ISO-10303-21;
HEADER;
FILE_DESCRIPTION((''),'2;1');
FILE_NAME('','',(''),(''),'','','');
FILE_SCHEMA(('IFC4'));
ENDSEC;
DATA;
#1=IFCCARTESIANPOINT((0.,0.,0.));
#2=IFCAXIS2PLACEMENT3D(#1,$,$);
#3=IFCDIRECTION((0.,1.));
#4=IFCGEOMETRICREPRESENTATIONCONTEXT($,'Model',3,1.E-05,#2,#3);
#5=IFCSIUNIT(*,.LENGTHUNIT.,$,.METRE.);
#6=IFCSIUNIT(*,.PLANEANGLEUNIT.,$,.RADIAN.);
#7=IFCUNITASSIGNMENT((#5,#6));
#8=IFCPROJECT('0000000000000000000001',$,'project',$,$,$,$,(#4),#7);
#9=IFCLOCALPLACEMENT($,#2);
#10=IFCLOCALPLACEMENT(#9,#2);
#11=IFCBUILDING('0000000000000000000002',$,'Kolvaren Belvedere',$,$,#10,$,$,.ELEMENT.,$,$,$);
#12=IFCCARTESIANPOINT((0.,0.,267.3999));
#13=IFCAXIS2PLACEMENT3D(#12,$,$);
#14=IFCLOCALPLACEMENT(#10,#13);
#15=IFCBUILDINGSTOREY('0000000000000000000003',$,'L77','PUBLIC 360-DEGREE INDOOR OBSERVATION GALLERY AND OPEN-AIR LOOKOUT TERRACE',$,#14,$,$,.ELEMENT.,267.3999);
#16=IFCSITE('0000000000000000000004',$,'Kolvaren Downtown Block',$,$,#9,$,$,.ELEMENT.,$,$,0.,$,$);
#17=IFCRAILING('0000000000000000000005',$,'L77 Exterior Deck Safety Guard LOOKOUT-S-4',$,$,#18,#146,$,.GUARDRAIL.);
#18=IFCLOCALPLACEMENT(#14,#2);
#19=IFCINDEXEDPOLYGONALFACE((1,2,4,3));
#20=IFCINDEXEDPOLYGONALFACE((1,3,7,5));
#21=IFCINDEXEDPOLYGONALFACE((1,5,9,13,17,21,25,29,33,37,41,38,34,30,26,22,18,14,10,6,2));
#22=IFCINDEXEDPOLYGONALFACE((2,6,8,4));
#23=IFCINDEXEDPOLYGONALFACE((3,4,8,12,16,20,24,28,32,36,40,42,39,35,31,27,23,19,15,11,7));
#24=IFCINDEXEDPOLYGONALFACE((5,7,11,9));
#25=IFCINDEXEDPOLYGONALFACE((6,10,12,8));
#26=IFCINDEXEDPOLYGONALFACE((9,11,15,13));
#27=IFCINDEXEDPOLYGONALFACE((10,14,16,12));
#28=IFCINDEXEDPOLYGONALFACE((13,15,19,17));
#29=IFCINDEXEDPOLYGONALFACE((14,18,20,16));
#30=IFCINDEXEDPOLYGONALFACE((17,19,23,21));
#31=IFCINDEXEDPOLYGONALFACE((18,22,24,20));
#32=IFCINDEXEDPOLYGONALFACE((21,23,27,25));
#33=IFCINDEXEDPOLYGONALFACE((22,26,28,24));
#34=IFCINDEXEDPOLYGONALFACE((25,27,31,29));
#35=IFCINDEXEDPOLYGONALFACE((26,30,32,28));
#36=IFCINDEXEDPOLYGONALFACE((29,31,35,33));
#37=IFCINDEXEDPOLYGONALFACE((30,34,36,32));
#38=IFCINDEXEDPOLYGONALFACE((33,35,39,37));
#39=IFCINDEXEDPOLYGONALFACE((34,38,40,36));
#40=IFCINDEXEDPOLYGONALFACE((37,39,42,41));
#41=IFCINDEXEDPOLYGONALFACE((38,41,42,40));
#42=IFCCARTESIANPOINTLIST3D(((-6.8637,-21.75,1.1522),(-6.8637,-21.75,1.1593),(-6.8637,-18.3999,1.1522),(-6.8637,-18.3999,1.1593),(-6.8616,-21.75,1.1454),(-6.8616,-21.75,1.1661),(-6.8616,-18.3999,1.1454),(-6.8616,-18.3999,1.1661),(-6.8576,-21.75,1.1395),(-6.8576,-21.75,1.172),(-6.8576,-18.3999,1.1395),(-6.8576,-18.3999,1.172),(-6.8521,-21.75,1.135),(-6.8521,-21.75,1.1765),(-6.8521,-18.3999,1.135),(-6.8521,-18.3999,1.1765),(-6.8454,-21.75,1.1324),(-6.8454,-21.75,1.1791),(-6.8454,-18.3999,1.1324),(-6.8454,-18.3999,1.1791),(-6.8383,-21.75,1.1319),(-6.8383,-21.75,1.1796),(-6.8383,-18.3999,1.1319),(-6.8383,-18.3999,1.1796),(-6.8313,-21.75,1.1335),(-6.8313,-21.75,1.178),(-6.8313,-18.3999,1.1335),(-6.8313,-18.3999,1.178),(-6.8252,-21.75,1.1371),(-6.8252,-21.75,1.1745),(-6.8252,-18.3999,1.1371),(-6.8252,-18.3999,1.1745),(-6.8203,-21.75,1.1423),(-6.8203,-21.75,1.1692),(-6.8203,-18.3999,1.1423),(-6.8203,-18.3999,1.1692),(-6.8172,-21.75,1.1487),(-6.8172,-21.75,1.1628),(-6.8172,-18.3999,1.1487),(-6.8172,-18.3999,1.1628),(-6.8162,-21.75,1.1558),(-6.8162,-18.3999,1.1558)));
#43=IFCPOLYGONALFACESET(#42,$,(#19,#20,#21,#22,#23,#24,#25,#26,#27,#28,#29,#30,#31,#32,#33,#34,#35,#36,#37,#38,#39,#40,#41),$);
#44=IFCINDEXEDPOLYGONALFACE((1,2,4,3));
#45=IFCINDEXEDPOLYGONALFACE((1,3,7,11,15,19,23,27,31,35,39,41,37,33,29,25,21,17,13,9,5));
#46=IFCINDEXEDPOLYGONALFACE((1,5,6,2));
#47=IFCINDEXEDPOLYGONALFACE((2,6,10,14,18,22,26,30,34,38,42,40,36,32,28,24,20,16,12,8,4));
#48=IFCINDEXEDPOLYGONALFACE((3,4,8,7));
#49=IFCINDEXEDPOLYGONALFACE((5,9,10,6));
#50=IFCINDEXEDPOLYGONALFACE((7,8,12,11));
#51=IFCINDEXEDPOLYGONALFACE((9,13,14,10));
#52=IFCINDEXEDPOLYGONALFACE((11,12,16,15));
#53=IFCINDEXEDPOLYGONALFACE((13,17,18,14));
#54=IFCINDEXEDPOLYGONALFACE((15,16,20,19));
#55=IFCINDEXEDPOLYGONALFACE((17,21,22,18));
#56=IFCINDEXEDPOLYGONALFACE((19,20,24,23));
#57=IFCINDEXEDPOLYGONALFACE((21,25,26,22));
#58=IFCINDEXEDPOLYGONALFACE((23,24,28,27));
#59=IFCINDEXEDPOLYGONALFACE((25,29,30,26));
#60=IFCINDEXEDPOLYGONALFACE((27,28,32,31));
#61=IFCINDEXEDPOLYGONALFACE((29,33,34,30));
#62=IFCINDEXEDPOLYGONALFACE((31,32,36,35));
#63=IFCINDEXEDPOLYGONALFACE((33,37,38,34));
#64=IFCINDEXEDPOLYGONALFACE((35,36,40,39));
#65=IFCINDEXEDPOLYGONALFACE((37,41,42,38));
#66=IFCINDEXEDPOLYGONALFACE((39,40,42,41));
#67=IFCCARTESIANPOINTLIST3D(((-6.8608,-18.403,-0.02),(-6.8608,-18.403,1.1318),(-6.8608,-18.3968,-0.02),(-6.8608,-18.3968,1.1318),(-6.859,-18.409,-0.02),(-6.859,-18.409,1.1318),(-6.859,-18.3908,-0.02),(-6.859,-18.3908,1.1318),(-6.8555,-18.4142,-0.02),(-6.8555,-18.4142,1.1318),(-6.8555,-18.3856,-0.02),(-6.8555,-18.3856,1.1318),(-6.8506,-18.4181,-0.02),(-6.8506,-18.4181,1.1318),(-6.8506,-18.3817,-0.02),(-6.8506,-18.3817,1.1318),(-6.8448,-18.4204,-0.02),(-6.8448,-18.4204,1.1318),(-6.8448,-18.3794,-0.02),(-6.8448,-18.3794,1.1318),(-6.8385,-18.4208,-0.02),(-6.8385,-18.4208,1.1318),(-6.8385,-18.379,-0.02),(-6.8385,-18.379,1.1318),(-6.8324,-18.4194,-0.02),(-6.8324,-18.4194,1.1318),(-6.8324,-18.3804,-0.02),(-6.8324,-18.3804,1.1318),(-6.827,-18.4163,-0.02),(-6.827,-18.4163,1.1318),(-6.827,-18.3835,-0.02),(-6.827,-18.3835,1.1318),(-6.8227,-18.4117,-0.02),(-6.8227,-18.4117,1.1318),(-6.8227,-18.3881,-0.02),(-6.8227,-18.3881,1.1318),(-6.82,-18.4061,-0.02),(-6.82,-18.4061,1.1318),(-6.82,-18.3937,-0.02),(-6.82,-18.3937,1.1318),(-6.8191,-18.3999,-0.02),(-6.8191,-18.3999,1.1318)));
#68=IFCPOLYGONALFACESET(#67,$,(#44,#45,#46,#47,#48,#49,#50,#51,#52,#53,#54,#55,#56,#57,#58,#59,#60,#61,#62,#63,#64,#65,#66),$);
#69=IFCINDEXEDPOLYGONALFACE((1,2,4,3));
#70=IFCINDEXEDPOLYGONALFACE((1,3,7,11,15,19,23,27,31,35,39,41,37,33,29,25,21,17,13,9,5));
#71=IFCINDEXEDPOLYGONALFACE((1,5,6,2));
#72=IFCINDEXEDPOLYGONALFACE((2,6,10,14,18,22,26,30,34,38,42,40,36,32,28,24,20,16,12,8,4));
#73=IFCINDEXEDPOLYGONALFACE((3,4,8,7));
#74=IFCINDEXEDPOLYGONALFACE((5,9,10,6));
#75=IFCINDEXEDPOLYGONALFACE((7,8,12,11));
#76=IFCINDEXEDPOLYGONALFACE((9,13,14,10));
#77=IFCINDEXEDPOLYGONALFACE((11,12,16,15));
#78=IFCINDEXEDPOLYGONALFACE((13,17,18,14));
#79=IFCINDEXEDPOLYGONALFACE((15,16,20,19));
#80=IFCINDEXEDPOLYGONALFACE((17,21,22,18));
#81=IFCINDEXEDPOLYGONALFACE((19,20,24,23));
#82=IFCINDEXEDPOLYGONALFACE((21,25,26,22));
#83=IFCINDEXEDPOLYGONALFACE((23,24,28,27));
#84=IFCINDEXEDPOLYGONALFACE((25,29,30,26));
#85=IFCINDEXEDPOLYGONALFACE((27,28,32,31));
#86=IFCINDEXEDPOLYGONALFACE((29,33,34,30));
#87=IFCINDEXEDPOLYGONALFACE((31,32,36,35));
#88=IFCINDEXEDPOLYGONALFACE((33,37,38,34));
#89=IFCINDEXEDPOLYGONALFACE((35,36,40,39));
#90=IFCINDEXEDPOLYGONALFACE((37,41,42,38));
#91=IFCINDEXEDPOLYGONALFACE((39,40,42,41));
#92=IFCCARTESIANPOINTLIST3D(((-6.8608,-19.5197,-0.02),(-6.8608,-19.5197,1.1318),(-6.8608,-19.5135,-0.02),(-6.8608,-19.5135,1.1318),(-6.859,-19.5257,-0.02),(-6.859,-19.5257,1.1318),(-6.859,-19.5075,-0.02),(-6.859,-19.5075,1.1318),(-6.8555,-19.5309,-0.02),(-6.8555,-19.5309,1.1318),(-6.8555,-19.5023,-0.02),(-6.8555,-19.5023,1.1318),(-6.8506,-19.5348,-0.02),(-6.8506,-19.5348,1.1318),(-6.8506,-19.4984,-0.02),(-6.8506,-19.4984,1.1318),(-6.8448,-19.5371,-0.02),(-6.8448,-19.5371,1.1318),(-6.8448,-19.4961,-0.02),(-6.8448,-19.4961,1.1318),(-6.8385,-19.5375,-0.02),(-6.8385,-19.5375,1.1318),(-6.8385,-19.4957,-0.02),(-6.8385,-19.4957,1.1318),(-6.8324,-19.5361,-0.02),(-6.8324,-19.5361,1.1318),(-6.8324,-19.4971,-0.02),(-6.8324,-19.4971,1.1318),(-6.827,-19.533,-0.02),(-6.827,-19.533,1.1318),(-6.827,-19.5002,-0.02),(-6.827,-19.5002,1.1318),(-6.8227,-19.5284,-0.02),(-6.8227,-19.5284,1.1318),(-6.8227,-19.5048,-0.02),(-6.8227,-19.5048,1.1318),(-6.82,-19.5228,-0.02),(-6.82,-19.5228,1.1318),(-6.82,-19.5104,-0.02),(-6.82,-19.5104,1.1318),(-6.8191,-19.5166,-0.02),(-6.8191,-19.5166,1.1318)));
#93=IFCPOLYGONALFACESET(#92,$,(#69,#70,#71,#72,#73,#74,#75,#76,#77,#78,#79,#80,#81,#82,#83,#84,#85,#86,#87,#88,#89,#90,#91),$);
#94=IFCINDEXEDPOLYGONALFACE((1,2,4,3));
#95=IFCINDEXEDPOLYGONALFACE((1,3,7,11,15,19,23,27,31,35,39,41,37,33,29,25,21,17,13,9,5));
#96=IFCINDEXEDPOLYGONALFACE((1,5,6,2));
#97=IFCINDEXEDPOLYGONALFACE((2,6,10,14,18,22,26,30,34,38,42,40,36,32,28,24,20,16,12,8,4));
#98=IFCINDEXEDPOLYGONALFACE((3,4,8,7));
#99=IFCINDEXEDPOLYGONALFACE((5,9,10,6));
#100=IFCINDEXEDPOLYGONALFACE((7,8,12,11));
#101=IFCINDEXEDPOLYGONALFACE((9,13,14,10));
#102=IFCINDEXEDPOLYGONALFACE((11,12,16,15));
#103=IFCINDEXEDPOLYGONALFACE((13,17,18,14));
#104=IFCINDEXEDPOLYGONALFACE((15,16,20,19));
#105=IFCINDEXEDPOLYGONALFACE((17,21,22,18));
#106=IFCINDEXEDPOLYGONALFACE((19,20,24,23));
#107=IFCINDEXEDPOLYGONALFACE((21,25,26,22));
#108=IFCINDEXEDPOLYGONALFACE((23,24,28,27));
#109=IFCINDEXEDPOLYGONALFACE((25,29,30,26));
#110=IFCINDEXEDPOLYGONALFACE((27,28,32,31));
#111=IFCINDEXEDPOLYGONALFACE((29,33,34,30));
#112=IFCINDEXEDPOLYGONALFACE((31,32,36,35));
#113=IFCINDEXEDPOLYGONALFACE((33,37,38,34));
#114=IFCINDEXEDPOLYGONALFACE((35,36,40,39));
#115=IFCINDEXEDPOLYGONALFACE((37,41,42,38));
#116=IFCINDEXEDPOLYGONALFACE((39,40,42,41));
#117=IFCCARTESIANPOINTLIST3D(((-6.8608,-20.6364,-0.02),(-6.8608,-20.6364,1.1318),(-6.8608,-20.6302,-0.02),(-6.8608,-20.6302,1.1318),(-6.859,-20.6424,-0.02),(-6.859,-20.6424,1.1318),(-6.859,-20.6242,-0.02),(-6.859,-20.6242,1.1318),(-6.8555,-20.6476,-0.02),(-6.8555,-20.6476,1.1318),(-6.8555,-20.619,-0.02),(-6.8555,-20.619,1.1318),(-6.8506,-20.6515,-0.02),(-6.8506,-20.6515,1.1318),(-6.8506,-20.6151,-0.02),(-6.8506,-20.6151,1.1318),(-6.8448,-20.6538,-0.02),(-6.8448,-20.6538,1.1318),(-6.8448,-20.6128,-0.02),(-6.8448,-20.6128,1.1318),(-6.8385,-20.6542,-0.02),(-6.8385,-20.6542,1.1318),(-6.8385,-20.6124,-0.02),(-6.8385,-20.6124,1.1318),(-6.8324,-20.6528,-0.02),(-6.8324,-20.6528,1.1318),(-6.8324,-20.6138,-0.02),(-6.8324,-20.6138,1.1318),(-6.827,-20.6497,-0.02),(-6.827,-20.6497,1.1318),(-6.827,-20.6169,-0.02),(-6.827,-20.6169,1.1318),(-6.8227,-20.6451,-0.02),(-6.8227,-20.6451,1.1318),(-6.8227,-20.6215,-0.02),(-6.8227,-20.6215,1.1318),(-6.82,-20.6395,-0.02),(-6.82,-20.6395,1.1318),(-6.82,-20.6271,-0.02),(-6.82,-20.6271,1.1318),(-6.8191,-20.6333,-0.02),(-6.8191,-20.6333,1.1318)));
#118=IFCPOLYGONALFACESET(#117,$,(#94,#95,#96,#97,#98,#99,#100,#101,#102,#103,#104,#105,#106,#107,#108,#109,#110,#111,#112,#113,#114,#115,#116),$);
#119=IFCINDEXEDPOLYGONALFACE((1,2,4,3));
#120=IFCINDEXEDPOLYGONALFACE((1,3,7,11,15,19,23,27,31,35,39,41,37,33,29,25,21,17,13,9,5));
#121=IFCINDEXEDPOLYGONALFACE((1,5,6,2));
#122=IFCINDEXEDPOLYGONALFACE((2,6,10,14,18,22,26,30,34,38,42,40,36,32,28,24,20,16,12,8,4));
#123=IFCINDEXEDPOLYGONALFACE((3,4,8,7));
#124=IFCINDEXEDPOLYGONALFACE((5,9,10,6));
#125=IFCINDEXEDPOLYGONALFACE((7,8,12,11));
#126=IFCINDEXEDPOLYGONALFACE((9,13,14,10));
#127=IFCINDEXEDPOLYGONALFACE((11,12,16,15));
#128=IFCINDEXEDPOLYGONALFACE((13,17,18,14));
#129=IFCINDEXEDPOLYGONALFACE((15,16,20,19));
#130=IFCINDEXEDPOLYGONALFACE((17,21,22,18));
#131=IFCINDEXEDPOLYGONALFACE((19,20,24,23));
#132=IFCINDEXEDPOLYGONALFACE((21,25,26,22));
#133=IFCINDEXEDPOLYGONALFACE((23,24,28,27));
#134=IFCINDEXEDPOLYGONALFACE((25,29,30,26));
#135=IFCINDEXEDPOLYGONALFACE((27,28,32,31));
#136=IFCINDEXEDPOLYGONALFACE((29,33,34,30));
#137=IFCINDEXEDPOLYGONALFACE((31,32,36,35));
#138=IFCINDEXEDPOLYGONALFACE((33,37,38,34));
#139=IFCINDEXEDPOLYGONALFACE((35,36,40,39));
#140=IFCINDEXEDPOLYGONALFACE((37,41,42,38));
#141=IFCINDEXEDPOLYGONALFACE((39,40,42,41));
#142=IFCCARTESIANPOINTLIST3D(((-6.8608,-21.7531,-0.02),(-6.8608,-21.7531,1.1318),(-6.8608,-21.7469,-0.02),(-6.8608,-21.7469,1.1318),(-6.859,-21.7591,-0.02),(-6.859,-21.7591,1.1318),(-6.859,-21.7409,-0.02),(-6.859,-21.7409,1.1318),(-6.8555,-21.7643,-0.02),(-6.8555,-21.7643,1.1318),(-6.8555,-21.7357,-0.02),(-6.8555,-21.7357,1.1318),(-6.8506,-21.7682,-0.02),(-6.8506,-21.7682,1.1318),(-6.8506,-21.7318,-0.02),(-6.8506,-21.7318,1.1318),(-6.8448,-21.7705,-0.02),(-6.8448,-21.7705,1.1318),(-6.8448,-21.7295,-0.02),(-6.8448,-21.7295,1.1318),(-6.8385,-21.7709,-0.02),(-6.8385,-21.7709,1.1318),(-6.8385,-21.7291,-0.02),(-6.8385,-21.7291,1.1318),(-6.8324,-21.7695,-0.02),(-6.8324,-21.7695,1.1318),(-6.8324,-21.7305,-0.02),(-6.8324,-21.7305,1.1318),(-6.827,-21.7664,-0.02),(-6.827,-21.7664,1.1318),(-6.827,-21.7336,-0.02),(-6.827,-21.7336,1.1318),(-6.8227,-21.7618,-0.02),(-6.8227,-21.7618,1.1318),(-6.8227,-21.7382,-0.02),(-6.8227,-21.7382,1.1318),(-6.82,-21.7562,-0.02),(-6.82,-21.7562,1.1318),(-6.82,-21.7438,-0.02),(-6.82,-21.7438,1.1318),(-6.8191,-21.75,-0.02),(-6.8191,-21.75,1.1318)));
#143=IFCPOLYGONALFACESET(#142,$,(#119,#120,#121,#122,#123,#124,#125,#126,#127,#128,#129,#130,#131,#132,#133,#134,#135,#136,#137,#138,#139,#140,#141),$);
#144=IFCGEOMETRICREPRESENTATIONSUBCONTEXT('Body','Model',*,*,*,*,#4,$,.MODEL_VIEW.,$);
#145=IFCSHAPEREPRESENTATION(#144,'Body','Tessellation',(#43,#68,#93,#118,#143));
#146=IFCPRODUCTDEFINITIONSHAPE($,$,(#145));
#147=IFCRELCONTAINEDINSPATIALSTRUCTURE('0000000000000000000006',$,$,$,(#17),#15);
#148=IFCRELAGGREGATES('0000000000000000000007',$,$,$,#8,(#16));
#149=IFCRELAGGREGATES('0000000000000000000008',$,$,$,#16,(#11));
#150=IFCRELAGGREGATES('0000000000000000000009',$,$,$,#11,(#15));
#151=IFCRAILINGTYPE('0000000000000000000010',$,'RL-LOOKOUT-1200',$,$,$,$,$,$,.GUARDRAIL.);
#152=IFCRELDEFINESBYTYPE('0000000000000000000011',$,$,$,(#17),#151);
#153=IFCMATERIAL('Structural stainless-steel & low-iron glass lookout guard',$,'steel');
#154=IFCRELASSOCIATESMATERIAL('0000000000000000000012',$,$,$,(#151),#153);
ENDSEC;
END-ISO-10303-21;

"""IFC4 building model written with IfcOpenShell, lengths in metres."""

from ifc_helpers import new_model, si_unit, direction, frame, origin, origin_2d, place, context, subcontext, project, spatial, circle, extrude, material, type_object, element, save


model = new_model("IFC4")

# Units and contexts
model_context = context("Model", 3, precision=1e-05, world=origin(), true_north=direction((0.0, 1.0)))
body_context = subcontext(model_context, "Body", "Model", "MODEL_VIEW")
ifc_project = project(units=[si_unit("LENGTHUNIT", "METRE"), si_unit("PLANEANGLEUNIT", "RADIAN")], contexts=[model_context])

# Site, building, storey
site_placement = place(None, origin())
site = spatial("IfcSite", under=ifc_project, at=site_placement, Name="Kolvaren Downtown Block", CompositionType="ELEMENT", RefElevation=0.0)
building_placement = place(site_placement, origin())
building = spatial("IfcBuilding", under=site, at=building_placement, Name="Kolvaren Belvedere", CompositionType="ELEMENT")
storey_placement = place(building_placement, frame((0.0, 0.0, 267.3999)))
storey = spatial("IfcBuildingStorey", under=building, at=storey_placement, Name="L77", Description="PUBLIC 360-DEGREE INDOOR OBSERVATION GALLERY AND OPEN-AIR LOOKOUT TERRACE", CompositionType="ELEMENT", Elevation=267.3999)

# Railing
ifc_material_1 = material(Name="Structural stainless-steel & low-iron glass lookout guard", Category="steel")
railing_type = type_object("IfcRailingType", Name="RL-LOOKOUT-1200", PredefinedType="GUARDRAIL", material=ifc_material_1)
railing_1_placement = place(storey_placement, frame((-6.8401, -18.3999, -0.02)))
element("IfcRailing", 1, at=railing_1_placement, inside=storey, type_object=railing_type, Name="L77 Exterior Deck Safety Guard LOOKOUT-S-4", PredefinedType="GUARDRAIL", context=body_context, shape_type="SweptSolid", body=[
    extrude(circle(Radius=0.0239, at=origin_2d()), frame((0.0, 0.0, 1.1758), z_axis=(0.0, -1.0, 0.0), x_axis=(1.0, 0.0, 0.0)), (0.0, 0.0, 1.0), 3.3501),
    extrude(circle(Radius=0.021, at=origin_2d()), origin(), (0.0, 0.0, 1.0), 1.1519),
    extrude(circle(Radius=0.021, at=origin_2d()), frame((0.0, -1.1167, 0.0)), (0.0, 0.0, 1.0), 1.1519),
    extrude(circle(Radius=0.021, at=origin_2d()), frame((0.0, -2.2334, 0.0)), (0.0, 0.0, 1.0), 1.1519),
    extrude(circle(Radius=0.021, at=origin_2d()), frame((0.0, -3.3501, 0.0)), (0.0, 0.0, 1.0), 1.1519),
])

save(model, "model.ifc")
